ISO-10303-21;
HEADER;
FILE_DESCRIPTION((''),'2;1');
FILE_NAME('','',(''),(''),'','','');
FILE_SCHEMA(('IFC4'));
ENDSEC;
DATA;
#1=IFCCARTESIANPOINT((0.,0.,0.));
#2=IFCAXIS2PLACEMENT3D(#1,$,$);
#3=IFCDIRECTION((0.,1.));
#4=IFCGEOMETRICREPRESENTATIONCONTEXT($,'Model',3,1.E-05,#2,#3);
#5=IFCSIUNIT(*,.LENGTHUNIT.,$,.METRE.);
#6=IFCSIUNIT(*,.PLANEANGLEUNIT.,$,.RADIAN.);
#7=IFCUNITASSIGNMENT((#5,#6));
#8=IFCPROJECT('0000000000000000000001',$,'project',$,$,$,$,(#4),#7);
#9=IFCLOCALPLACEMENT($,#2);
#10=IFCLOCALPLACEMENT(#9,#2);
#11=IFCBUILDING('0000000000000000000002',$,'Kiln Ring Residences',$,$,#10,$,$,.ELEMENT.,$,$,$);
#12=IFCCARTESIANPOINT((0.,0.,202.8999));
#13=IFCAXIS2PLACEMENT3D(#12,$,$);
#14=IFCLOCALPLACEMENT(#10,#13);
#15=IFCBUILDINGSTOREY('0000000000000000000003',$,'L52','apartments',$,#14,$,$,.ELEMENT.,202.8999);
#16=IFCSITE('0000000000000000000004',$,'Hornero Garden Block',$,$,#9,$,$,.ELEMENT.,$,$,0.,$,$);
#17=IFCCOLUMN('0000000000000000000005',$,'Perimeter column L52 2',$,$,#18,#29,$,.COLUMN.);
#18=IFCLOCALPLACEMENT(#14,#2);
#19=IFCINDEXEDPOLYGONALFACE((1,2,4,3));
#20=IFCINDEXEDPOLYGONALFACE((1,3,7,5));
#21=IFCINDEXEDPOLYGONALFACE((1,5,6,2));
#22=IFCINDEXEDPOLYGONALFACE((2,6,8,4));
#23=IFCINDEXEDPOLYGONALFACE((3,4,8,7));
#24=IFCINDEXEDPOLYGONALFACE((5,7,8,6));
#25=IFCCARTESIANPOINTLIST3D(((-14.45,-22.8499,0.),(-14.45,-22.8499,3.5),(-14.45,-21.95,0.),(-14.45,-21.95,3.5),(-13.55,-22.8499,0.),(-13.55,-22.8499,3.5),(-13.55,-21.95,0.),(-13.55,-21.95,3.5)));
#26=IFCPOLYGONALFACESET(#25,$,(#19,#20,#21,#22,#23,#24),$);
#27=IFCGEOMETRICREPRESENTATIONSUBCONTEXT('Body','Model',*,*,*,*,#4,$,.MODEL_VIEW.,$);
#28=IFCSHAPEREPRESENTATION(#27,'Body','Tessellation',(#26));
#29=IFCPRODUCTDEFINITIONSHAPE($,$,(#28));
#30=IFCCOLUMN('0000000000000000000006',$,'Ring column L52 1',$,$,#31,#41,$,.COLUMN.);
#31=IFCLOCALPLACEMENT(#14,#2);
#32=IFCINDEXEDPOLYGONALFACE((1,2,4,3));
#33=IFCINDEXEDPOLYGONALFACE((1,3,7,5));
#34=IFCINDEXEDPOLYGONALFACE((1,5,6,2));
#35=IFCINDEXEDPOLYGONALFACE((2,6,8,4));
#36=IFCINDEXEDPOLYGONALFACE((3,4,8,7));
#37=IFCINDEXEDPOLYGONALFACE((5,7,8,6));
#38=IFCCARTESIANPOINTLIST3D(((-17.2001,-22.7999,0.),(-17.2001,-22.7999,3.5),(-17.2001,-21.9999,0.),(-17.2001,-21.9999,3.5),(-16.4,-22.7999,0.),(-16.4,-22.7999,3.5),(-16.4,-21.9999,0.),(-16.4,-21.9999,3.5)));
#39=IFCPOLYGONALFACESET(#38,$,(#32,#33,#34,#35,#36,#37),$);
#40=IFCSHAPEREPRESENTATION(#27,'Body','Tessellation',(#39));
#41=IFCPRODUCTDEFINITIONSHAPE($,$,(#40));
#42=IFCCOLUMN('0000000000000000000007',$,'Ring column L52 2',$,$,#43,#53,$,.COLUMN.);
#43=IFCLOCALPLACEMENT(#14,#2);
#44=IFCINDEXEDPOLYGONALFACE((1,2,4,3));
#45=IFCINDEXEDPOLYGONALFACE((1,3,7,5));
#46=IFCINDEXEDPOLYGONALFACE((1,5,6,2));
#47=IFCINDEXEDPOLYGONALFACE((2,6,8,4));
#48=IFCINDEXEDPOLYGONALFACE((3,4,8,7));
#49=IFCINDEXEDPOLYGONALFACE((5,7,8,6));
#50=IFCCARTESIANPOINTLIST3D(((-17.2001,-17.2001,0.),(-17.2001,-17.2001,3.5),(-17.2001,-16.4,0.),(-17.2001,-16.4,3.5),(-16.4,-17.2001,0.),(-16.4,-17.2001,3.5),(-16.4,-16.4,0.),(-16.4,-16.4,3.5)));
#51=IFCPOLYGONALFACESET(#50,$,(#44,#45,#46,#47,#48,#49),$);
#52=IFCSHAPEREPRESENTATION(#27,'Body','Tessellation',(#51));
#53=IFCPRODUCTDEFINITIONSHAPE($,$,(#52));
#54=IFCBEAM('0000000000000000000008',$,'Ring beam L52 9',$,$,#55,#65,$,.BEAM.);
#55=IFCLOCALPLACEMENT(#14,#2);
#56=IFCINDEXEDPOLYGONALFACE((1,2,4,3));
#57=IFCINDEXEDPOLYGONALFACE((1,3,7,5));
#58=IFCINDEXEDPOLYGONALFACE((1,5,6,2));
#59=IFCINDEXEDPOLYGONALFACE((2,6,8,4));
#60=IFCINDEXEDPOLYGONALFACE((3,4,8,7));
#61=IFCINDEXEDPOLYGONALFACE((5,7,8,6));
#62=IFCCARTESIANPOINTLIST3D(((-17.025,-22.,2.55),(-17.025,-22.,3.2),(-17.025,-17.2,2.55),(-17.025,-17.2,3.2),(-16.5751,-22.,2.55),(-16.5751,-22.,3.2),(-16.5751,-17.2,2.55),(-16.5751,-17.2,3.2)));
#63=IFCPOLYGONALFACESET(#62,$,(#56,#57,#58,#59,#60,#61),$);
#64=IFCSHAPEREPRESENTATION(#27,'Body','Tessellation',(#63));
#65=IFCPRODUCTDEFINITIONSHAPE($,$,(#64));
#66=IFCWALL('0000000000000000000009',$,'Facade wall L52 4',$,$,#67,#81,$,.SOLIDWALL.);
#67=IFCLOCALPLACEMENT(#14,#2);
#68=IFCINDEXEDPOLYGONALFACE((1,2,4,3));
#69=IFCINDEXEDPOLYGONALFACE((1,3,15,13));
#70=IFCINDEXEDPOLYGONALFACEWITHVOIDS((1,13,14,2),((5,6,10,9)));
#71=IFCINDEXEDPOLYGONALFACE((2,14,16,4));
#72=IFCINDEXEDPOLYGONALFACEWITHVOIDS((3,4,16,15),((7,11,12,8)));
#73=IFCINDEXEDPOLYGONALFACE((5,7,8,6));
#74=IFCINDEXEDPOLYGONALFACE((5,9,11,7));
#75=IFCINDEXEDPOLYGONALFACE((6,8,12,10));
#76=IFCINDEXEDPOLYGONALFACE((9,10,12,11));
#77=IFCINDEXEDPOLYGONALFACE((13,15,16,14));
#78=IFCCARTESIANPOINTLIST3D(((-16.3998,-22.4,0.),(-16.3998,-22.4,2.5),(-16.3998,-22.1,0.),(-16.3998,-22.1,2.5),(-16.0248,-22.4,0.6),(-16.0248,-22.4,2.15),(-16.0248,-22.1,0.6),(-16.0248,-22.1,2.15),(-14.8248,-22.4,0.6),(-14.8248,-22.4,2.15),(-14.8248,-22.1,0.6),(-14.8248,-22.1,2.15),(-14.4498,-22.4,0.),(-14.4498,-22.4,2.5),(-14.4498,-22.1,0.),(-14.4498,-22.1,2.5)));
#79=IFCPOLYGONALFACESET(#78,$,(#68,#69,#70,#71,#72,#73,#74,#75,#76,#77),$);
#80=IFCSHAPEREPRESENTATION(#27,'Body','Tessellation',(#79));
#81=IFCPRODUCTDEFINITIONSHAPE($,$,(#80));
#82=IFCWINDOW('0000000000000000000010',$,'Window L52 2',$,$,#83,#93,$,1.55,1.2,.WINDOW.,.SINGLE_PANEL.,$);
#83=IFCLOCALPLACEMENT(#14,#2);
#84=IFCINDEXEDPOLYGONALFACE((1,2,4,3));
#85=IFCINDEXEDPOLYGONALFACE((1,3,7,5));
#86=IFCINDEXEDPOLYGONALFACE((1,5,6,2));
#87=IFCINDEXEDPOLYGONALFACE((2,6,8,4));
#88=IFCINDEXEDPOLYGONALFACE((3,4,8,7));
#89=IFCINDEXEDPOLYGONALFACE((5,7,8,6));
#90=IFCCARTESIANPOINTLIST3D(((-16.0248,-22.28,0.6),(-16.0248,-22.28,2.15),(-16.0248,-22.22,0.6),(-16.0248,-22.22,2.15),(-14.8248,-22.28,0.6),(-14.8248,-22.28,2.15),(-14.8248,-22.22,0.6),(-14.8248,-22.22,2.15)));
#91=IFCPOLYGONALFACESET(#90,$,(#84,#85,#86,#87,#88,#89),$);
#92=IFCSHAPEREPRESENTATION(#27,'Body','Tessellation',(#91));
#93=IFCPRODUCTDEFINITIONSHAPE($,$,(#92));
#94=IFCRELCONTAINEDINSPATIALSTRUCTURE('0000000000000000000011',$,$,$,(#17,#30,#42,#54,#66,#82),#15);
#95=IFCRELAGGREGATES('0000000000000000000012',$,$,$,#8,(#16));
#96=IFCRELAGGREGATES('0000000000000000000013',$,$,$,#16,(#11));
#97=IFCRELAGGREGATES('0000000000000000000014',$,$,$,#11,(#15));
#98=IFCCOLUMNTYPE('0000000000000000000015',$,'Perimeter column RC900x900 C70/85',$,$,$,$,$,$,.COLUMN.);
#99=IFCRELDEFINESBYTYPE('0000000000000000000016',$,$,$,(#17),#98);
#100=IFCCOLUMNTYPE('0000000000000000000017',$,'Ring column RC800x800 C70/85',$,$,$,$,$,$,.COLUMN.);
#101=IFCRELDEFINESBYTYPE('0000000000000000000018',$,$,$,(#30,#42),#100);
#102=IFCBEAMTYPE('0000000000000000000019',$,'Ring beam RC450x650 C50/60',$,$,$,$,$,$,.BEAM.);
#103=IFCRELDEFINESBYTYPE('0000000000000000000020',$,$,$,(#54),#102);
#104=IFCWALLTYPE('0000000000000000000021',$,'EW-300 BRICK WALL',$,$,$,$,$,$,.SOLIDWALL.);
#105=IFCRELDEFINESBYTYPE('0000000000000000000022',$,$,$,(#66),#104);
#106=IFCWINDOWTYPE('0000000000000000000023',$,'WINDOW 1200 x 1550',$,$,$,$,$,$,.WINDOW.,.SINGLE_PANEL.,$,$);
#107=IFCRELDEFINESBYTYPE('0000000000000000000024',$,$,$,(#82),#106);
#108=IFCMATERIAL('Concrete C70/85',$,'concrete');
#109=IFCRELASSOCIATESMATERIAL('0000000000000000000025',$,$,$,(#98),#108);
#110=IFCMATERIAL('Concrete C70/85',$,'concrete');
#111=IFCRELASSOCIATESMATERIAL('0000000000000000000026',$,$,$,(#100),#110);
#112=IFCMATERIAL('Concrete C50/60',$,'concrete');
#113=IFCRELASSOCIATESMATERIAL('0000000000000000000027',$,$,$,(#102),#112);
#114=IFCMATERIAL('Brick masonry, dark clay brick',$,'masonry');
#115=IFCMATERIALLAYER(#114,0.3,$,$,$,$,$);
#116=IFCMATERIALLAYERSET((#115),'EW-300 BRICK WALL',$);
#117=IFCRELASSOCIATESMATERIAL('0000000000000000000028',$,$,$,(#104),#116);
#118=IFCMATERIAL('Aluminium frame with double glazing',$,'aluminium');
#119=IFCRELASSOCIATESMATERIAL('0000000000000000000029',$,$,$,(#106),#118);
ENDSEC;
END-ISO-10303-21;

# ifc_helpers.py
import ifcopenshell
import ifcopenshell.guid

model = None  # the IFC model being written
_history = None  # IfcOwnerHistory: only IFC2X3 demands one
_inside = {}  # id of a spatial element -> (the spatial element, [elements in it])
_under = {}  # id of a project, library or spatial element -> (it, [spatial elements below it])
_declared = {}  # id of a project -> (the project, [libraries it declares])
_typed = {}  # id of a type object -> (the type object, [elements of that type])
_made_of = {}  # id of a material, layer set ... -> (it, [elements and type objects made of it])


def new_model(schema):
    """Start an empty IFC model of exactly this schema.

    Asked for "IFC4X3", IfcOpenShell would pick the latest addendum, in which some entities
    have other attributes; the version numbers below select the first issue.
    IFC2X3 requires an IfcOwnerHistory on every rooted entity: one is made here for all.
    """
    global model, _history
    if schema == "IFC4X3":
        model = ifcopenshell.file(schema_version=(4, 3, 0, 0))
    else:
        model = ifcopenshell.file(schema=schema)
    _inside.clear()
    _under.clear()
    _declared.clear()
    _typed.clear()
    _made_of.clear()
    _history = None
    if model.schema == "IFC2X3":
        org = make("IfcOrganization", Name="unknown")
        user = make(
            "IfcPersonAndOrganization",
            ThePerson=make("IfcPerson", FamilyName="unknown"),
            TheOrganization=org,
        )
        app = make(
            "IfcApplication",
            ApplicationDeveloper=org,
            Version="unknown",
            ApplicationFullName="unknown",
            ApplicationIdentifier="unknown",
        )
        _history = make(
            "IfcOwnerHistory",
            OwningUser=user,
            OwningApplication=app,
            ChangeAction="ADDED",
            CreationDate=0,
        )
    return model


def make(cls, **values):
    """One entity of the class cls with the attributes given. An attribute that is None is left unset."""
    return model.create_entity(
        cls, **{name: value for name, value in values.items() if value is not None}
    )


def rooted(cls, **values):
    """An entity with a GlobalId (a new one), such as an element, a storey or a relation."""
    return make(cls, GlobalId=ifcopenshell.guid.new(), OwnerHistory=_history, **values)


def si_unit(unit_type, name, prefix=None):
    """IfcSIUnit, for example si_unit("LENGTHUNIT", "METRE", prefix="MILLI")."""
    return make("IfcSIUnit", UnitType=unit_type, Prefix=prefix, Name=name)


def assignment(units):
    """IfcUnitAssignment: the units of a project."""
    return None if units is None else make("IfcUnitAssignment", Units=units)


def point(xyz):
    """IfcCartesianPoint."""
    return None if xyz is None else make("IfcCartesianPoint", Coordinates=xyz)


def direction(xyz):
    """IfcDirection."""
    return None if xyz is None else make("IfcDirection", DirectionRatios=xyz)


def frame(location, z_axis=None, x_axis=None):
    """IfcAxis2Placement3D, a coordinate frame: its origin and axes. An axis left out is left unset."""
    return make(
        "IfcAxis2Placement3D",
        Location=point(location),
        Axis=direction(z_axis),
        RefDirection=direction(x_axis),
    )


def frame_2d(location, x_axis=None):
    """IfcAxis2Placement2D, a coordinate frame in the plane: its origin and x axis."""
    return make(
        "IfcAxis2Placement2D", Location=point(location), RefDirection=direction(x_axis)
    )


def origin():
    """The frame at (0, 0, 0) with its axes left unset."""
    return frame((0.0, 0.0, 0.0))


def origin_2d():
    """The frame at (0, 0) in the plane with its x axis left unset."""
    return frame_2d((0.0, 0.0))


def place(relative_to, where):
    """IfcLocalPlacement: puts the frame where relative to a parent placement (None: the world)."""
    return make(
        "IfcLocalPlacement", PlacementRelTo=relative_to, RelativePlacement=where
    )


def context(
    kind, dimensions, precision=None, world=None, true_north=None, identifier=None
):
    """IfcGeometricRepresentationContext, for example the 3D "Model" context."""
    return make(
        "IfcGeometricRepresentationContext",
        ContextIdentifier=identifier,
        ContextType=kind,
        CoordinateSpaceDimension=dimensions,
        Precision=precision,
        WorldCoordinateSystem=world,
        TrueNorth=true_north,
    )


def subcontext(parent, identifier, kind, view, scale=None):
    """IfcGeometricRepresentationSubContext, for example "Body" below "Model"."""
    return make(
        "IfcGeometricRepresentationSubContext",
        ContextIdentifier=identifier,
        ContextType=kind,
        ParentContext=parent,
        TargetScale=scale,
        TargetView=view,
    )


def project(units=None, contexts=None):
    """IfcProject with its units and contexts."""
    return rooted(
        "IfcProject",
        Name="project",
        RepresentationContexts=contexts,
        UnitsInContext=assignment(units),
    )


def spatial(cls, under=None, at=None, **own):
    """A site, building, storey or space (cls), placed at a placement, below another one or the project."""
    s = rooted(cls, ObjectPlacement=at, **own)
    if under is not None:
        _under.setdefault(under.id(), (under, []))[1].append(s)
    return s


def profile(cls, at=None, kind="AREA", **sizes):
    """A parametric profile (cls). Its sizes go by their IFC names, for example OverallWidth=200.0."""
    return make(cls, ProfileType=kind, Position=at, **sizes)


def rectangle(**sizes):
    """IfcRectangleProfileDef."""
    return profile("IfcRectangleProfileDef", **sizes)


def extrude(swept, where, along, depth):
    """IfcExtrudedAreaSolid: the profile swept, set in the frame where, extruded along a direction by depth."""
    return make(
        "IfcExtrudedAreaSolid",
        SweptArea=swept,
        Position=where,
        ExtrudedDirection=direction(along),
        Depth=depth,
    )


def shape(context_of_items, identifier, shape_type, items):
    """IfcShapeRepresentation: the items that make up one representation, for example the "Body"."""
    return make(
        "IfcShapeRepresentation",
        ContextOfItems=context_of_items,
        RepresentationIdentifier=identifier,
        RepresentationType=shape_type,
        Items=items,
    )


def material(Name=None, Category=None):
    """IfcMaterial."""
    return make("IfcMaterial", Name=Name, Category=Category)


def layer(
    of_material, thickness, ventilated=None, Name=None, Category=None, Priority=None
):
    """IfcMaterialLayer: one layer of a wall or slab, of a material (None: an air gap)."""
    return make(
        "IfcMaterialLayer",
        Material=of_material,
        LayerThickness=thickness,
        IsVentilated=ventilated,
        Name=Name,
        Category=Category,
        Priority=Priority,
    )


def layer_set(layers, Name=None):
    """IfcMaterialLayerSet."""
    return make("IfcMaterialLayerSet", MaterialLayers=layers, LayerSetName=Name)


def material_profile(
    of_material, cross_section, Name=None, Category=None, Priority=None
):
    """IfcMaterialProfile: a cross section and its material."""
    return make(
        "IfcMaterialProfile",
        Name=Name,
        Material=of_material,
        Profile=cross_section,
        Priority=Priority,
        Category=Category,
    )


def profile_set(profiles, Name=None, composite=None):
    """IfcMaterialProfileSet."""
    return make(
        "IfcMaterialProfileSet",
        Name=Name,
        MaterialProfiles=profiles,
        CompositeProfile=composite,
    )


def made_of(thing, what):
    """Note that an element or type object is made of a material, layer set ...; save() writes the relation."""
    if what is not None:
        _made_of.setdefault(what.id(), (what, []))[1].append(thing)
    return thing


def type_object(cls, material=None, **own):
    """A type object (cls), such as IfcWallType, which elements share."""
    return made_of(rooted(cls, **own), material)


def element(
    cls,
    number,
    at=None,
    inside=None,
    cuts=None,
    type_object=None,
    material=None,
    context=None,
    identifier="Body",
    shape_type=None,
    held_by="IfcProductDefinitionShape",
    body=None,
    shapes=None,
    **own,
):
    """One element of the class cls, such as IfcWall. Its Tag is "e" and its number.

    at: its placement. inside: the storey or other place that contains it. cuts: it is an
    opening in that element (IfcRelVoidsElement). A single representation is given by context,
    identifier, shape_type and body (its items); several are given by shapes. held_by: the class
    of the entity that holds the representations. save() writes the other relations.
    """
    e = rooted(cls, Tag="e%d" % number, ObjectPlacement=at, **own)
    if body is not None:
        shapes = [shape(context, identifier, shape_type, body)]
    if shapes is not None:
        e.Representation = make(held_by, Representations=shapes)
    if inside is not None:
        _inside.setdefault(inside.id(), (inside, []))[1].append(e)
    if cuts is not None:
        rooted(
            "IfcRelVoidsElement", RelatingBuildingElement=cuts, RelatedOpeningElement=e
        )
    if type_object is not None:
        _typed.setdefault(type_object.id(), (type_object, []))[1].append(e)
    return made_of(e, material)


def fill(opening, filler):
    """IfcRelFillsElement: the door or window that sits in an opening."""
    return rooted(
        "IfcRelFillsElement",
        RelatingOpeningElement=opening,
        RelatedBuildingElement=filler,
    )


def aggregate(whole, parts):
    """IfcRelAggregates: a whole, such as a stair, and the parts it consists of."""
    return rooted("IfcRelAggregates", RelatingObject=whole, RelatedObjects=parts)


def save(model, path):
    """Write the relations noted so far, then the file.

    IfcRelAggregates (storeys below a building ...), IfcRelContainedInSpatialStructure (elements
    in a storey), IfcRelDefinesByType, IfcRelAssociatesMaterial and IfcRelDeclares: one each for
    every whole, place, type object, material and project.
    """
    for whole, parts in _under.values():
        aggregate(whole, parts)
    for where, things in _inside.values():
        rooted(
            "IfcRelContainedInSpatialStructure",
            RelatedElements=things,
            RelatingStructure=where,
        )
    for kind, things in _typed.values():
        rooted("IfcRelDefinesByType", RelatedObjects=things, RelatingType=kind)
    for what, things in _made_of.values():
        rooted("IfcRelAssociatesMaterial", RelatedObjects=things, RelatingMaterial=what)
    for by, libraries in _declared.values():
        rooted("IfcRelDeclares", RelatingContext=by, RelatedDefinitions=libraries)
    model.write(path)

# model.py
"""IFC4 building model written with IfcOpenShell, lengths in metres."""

from ifc_helpers import new_model, si_unit, direction, frame, frame_2d, origin, origin_2d, place, context, subcontext, project, spatial, rectangle, extrude, material, layer, layer_set, material_profile, profile_set, type_object, element, fill, save


model = new_model("IFC4")

# Units and contexts
model_context = context("Model", 3, precision=1e-05, world=origin(), true_north=direction((0.0, 1.0)))
body_context = subcontext(model_context, "Body", "Model", "MODEL_VIEW")
ifc_project = project(units=[si_unit("LENGTHUNIT", "METRE"), si_unit("PLANEANGLEUNIT", "RADIAN")], contexts=[model_context])

# Site, building, storey
site_placement = place(None, origin())
site = spatial("IfcSite", under=ifc_project, at=site_placement, Name="Hornero Garden Block", CompositionType="ELEMENT", RefElevation=0.0)
building_placement = place(site_placement, origin())
building = spatial("IfcBuilding", under=site, at=building_placement, Name="Kiln Ring Residences", CompositionType="ELEMENT")
storey_placement = place(building_placement, frame((0.0, 0.0, 202.8999)))
storey = spatial("IfcBuildingStorey", under=building, at=storey_placement, Name="L52", Description="apartments", CompositionType="ELEMENT", Elevation=202.8999)

# Columns
ifc_material_1 = material(Name="Concrete C70/85", Category="concrete")
ifc_material_profile_1 = material_profile(ifc_material_1, rectangle(XDim=0.8999, YDim=0.8999, at=origin_2d()), Name="RC900x900")
ifc_profile_set_1 = profile_set([ifc_material_profile_1], Name="Concrete C70/85")
column_type_1 = type_object("IfcColumnType", Name="Perimeter column RC900x900 C70/85", PredefinedType="COLUMN", material=ifc_profile_set_1)
column_placement = place(storey_placement, frame((-14.0, -22.3999, 0.0), z_axis=(0.0, 0.0, 1.0), x_axis=(1.0, 0.0, 0.0)))
element("IfcColumn", 1, at=column_placement, inside=storey, type_object=column_type_1, Name="Perimeter column L52 2", PredefinedType="COLUMN", context=body_context, shape_type="SweptSolid", body=[
    extrude(rectangle(XDim=0.8999, YDim=0.8999, at=origin_2d()), origin(), (0.0, 0.0, 1.0), 3.5),
])
ifc_material_2 = material(Name="Concrete C70/85", Category="concrete")
ifc_material_profile_2 = material_profile(ifc_material_2, rectangle(XDim=0.8, YDim=0.8, at=origin_2d()), Name="RC800x800")
ifc_profile_set_2 = profile_set([ifc_material_profile_2], Name="Concrete C70/85")
column_type_2 = type_object("IfcColumnType", Name="Ring column RC800x800 C70/85", PredefinedType="COLUMN", material=ifc_profile_set_2)
for number, where, z_axis, x_axis, name in (
    (2, (-16.8, -22.3999, 0.0), (0.0, 0.0, 1.0), (1.0, 0.0, 0.0), "Ring column L52 1"),
    (3, (-16.8, -16.8, 0.0), (0.0, 0.0, 1.0), (1.0, 0.0, 0.0), "Ring column L52 2"),
):
    element("IfcColumn", number, at=place(storey_placement, frame(where, z_axis=z_axis, x_axis=x_axis)), inside=storey, type_object=column_type_2, Name=name, PredefinedType="COLUMN", context=body_context, shape_type="SweptSolid", body=[
        extrude(rectangle(XDim=0.8, YDim=0.8, at=origin_2d()), origin(), (0.0, 0.0, 1.0), 3.5),
    ])

# Beam
ifc_material_3 = material(Name="Concrete C50/60", Category="concrete")
ifc_material_profile_3 = material_profile(ifc_material_3, rectangle(XDim=0.45, YDim=0.6499, at=origin_2d()), Name="RC450x650")
ifc_profile_set_3 = profile_set([ifc_material_profile_3], Name="Concrete C50/60")
beam_type = type_object("IfcBeamType", Name="Ring beam RC450x650 C50/60", PredefinedType="BEAM", material=ifc_profile_set_3)
beam_placement = place(storey_placement, frame((-16.8, -17.2, 2.875), z_axis=(0.0, -1.0, 0.0), x_axis=(1.0, 0.0, 0.0)))
element("IfcBeam", 4, at=beam_placement, inside=storey, type_object=beam_type, Name="Ring beam L52 9", PredefinedType="BEAM", context=body_context, shape_type="SweptSolid", body=[
    extrude(rectangle(XDim=0.45, YDim=0.6499, at=origin_2d()), origin(), (0.0, 0.0, 1.0), 4.8),
])

# Wall, opening, window
ifc_material_4 = material(Name="Brick masonry, dark clay brick", Category="masonry")
ifc_layer_1 = layer(ifc_material_4, 0.3)
ifc_layer_set_1 = layer_set([ifc_layer_1], Name="EW-300 BRICK WALL")
wall_type_1 = type_object("IfcWallType", Name="EW-300 BRICK WALL", PredefinedType="SOLIDWALL", material=ifc_layer_set_1)
wall_1_placement = place(storey_placement, frame((-16.3999, -22.25, 0.0), z_axis=(0.0, 0.0, 1.0), x_axis=(1.0, 0.0, 0.0)))
wall_1 = element("IfcWall", 5, at=wall_1_placement, inside=storey, type_object=wall_type_1, Name="Facade wall L52 4", PredefinedType="SOLIDWALL", context=body_context, shape_type="SweptSolid", body=[
    extrude(rectangle(XDim=1.95, YDim=0.3, at=frame_2d((0.9751, 0.0))), origin(), (0.0, 0.0, 1.0), 2.5),
])
opening_1_placement = place(wall_1_placement, frame((0.375, 0.0, 0.6001)))
opening_1 = element("IfcOpeningElement", 6, at=opening_1_placement, cuts=wall_1, PredefinedType="OPENING", context=body_context, shape_type="SweptSolid", body=[
    extrude(rectangle(XDim=1.2, YDim=1.55, at=frame_2d((0.6001, 0.7749))), frame((0.0, 0.1599, 0.0), z_axis=(0.0, -1.0, 0.0), x_axis=(1.0, 0.0, 0.0)), (0.0, 0.0, 1.0), 0.3201),
])
ifc_material_5 = material(Name="Aluminium frame with double glazing", Category="aluminium")
window_type = type_object("IfcWindowType", Name="WINDOW 1200 x 1550", PartitioningType="SINGLE_PANEL", PredefinedType="WINDOW", material=ifc_material_5)
window_placement = place(opening_1_placement, origin())
window = element("IfcWindow", 7, at=window_placement, inside=storey, type_object=window_type, Name="Window L52 2", OverallHeight=1.55, OverallWidth=1.2, PartitioningType="SINGLE_PANEL", PredefinedType="WINDOW", context=body_context, shape_type="SweptSolid", body=[
    extrude(rectangle(XDim=1.2, YDim=1.55, at=frame_2d((0.6001, 0.7749))), frame((0.0, 0.03, 0.0), z_axis=(0.0, -1.0, 0.0), x_axis=(1.0, 0.0, 0.0)), (0.0, 0.0, 1.0), 0.0601),
])
fill(opening_1, window)

save(model, "model.ifc")
